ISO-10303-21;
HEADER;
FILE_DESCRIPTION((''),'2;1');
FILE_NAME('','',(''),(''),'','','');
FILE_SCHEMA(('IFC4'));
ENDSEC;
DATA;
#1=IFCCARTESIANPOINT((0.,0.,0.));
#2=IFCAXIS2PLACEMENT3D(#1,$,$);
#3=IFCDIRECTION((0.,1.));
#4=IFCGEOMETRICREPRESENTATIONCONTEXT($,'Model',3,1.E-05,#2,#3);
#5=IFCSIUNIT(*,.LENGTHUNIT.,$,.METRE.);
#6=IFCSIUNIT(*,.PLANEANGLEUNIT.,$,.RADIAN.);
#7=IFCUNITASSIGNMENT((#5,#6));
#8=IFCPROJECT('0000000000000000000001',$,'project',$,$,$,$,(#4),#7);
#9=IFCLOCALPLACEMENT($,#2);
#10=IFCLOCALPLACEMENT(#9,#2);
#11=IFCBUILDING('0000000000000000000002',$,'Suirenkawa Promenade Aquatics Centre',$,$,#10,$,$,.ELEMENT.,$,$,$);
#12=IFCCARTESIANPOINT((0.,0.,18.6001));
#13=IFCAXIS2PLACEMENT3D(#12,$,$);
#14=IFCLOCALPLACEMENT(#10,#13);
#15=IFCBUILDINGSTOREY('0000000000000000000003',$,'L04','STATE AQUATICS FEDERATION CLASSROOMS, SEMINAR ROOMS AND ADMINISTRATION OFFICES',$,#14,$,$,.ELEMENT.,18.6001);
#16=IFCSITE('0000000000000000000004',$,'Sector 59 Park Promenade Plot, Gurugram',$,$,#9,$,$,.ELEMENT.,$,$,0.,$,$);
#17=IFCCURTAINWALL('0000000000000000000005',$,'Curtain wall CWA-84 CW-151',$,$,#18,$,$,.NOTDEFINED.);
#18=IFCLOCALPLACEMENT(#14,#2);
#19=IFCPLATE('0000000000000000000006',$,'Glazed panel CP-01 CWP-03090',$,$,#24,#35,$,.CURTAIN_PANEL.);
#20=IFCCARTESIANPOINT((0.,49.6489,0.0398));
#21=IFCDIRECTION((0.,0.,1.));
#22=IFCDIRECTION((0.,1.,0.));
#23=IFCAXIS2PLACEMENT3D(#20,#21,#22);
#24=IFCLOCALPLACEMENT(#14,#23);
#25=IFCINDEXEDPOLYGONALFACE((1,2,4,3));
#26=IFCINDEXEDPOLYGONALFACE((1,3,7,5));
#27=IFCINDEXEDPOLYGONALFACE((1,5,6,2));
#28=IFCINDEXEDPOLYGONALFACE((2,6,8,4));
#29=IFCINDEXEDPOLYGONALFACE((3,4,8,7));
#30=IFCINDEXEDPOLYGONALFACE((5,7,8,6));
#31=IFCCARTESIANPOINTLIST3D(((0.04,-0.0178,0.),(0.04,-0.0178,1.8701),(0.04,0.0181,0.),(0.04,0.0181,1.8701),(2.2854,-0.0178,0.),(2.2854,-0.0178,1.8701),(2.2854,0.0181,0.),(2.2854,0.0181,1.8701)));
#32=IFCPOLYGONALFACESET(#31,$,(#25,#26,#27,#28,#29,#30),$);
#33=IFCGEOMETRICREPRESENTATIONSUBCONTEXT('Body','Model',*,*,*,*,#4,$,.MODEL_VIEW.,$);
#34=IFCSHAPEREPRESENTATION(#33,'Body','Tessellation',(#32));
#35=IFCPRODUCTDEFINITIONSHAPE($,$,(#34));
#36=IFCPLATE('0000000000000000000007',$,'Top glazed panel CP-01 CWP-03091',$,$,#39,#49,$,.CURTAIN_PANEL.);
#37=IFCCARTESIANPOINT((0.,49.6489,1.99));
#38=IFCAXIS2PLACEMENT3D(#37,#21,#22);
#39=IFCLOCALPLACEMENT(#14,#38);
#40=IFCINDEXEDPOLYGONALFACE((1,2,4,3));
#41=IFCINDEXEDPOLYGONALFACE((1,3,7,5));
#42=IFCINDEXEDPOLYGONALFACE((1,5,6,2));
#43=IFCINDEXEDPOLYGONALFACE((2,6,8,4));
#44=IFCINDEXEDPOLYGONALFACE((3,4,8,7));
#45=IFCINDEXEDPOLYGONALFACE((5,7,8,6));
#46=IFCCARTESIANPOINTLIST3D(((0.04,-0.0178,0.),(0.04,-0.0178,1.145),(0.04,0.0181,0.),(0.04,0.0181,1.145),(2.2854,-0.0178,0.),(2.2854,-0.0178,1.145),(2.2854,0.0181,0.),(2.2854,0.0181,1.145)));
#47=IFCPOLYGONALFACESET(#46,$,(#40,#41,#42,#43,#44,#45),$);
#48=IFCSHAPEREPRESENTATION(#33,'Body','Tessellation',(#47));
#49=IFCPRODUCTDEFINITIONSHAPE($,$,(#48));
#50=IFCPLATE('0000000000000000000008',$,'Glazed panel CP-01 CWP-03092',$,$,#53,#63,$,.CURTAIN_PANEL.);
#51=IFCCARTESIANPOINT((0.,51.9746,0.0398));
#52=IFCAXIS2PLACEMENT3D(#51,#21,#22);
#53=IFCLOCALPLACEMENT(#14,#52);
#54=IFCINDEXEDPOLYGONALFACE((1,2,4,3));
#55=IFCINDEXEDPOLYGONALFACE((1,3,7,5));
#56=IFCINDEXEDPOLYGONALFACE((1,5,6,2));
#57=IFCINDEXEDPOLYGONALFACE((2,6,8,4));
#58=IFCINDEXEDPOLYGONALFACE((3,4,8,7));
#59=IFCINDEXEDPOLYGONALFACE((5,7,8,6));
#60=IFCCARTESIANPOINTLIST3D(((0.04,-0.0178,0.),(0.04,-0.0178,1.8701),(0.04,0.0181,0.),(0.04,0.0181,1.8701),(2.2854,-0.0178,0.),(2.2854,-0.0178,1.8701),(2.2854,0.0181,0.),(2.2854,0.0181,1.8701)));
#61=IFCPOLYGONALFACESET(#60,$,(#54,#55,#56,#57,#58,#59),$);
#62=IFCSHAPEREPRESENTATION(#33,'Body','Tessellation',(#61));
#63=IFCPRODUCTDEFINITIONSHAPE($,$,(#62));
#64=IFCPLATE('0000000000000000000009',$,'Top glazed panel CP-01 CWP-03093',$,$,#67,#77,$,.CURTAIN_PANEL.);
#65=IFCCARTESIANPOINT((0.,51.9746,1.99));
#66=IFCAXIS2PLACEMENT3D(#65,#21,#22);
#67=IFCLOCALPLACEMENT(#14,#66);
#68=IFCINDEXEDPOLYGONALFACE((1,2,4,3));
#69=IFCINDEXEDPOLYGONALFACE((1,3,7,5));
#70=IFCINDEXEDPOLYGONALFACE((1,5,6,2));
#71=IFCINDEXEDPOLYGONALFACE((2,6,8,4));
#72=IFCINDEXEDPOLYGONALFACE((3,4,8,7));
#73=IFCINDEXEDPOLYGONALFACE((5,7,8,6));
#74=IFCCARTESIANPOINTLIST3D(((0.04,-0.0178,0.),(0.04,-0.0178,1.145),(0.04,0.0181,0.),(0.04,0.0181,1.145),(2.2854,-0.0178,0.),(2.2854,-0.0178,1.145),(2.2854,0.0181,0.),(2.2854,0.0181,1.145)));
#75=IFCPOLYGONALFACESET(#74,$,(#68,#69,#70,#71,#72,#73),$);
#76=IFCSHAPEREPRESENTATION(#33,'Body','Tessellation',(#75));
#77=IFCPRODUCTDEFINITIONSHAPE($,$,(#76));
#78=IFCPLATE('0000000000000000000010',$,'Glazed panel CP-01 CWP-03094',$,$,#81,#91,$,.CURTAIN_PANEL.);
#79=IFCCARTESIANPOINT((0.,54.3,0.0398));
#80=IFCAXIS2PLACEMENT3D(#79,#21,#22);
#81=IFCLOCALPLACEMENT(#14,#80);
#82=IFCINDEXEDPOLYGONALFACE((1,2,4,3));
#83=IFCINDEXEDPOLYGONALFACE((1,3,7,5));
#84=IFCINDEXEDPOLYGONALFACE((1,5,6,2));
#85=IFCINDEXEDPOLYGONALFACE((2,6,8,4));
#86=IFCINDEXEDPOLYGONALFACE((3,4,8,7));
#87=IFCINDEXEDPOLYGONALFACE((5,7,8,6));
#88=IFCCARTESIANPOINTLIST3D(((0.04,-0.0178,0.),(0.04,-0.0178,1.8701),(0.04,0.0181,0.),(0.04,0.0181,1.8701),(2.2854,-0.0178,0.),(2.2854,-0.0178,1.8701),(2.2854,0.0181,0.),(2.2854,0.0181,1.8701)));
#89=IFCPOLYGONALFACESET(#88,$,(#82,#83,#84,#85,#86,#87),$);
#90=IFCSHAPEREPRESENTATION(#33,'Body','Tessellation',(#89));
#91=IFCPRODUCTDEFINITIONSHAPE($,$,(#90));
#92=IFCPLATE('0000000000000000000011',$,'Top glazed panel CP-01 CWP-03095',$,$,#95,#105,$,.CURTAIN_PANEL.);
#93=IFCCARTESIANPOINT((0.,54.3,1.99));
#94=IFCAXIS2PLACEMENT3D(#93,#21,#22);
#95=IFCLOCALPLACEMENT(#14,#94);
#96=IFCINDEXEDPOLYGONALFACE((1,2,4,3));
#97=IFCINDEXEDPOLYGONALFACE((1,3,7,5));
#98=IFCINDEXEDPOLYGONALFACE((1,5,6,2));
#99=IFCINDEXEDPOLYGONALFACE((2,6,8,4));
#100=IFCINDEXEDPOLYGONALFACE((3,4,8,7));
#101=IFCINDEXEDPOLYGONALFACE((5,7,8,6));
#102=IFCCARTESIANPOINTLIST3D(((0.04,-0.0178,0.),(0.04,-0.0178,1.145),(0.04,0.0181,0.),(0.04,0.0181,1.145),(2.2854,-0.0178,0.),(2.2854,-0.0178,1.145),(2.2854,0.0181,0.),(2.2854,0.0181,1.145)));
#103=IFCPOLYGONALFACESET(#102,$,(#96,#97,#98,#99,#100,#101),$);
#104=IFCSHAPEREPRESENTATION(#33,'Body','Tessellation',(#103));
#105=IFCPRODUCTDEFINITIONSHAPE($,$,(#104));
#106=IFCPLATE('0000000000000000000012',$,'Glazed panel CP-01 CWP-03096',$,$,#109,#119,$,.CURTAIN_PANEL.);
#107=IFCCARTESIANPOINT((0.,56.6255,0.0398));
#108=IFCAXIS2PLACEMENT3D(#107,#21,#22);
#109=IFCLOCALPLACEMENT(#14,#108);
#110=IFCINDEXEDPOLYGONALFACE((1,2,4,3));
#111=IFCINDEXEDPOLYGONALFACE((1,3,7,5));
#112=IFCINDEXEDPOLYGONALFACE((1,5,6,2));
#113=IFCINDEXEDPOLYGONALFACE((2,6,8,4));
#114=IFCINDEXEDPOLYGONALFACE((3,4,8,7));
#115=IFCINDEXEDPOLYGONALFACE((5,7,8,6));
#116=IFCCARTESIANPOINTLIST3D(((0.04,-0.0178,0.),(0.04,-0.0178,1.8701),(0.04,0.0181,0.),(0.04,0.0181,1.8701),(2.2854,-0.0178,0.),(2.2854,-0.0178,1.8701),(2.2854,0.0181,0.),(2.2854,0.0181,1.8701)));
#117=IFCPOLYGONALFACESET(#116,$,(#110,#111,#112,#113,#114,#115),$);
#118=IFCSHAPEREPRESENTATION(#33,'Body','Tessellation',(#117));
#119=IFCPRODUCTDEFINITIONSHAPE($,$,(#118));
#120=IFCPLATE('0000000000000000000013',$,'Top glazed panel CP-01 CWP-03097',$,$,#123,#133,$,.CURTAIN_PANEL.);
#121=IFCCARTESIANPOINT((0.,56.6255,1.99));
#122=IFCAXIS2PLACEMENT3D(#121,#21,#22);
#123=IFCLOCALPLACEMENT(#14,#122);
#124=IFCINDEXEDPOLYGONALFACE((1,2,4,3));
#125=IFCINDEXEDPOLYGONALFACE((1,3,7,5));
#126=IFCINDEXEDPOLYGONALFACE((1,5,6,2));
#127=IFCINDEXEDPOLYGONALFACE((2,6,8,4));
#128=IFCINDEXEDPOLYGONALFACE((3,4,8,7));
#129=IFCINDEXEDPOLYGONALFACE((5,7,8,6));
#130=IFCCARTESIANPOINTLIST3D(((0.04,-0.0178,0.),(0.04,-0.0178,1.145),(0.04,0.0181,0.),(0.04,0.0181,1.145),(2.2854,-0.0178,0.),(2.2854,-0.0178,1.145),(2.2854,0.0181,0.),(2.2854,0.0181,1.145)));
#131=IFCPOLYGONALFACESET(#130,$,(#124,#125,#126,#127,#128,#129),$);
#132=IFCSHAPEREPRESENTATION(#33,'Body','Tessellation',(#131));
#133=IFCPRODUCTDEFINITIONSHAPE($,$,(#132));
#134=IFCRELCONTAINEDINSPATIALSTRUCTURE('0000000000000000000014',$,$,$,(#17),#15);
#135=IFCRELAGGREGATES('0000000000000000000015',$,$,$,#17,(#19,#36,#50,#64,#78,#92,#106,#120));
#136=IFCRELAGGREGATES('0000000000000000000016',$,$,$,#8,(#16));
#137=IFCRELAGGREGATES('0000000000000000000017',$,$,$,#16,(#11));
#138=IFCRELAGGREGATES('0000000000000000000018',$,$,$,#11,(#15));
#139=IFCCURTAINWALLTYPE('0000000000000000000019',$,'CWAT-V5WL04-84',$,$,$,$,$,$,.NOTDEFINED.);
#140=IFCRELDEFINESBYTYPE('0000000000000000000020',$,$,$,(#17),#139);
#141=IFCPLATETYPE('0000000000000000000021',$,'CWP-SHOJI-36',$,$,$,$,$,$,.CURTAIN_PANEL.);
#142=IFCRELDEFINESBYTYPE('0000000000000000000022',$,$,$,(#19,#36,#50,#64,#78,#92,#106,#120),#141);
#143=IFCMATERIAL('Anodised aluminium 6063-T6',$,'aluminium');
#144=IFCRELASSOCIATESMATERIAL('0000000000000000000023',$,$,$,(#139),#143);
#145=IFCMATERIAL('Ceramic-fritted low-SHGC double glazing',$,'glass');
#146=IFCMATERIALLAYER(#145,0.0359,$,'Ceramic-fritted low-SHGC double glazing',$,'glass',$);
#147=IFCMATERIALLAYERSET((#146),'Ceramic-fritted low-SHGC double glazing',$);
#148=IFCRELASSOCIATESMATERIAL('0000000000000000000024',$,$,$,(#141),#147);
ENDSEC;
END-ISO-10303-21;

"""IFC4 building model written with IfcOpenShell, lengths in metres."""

from ifc_helpers import new_model, si_unit, direction, frame, origin, place, context, subcontext, project, spatial, polyline, outline, extrude, material, layer, layer_set, type_object, element, aggregate, save


model = new_model("IFC4")

# Units and contexts
model_context = context("Model", 3, precision=1e-05, world=origin(), true_north=direction((0.0, 1.0)))
body_context = subcontext(model_context, "Body", "Model", "MODEL_VIEW")
ifc_project = project(units=[si_unit("LENGTHUNIT", "METRE"), si_unit("PLANEANGLEUNIT", "RADIAN")], contexts=[model_context])

# Site, building, storey
site_placement = place(None, origin())
site = spatial("IfcSite", under=ifc_project, at=site_placement, Name="Sector 59 Park Promenade Plot, Gurugram", CompositionType="ELEMENT", RefElevation=0.0)
building_placement = place(site_placement, origin())
building = spatial("IfcBuilding", under=site, at=building_placement, Name="Suirenkawa Promenade Aquatics Centre", CompositionType="ELEMENT")
storey_placement = place(building_placement, frame((0.0, 0.0, 18.6001)))
storey = spatial("IfcBuildingStorey", under=building, at=storey_placement, Name="L04", Description="STATE AQUATICS FEDERATION CLASSROOMS, SEMINAR ROOMS AND ADMINISTRATION OFFICES", CompositionType="ELEMENT", Elevation=18.6001)

# Curtain wall
ifc_material_1 = material(Name="Anodised aluminium 6063-T6", Category="aluminium")
curtain_wall_type_1 = type_object("IfcCurtainWallType", Name="CWAT-V5WL04-84", PredefinedType="NOTDEFINED", material=ifc_material_1)
curtain_wall_1_placement = place(storey_placement, origin())
curtain_wall_1 = element("IfcCurtainWall", 1, at=curtain_wall_1_placement, inside=storey, type_object=curtain_wall_type_1, Name="Curtain wall CWA-84 CW-151", PredefinedType="NOTDEFINED")

# Plates
ifc_material_2 = material(Name="Ceramic-fritted low-SHGC double glazing", Category="glass")
ifc_layer = layer(ifc_material_2, 0.0359, Name="Ceramic-fritted low-SHGC double glazing", Category="glass")
ifc_layer_set = layer_set([ifc_layer], Name="Ceramic-fritted low-SHGC double glazing")
plate_type = type_object("IfcPlateType", Name="CWP-SHOJI-36", PredefinedType="CURTAIN_PANEL", material=ifc_layer_set)
plate_1_placement = place(storey_placement, frame((0.0, 49.6489, 0.0398), z_axis=(0.0, 0.0, 1.0), x_axis=(0.0, 1.0, 0.0)))
plate_1 = element("IfcPlate", 2, at=plate_1_placement, type_object=plate_type, Name="Glazed panel CP-01 CWP-03090", PredefinedType="CURTAIN_PANEL", context=body_context, shape_type="SweptSolid", body=[
    extrude(outline(polyline([(0.04, 0.0), (2.2854, 0.0), (2.2854, 1.8701), (0.04, 1.8701), (0.04, 0.0)])), frame((0.0, 0.0181, 0.0), z_axis=(0.0, -1.0, 0.0), x_axis=(1.0, 0.0, 0.0)), (0.0, 0.0, 1.0), 0.0359),
])
plate_2_placement = place(storey_placement, frame((0.0, 49.6489, 1.99), z_axis=(0.0, 0.0, 1.0), x_axis=(0.0, 1.0, 0.0)))
plate_2 = element("IfcPlate", 3, at=plate_2_placement, type_object=plate_type, Name="Top glazed panel CP-01 CWP-03091", PredefinedType="CURTAIN_PANEL", context=body_context, shape_type="SweptSolid", body=[
    extrude(outline(polyline([(0.04, 0.0), (2.2854, 0.0), (2.2854, 1.145), (0.04, 1.145), (0.04, 0.0)])), frame((0.0, 0.0181, 0.0), z_axis=(0.0, -1.0, 0.0), x_axis=(1.0, 0.0, 0.0)), (0.0, 0.0, 1.0), 0.0359),
])
plate_3_placement = place(storey_placement, frame((0.0, 51.9746, 0.0398), z_axis=(0.0, 0.0, 1.0), x_axis=(0.0, 1.0, 0.0)))
plate_3 = element("IfcPlate", 4, at=plate_3_placement, type_object=plate_type, Name="Glazed panel CP-01 CWP-03092", PredefinedType="CURTAIN_PANEL", context=body_context, shape_type="SweptSolid", body=[
    extrude(outline(polyline([(0.04, 0.0), (2.2854, 0.0), (2.2854, 1.8701), (0.04, 1.8701), (0.04, 0.0)])), frame((0.0, 0.0181, 0.0), z_axis=(0.0, -1.0, 0.0), x_axis=(1.0, 0.0, 0.0)), (0.0, 0.0, 1.0), 0.0359),
])
plate_4_placement = place(storey_placement, frame((0.0, 51.9746, 1.99), z_axis=(0.0, 0.0, 1.0), x_axis=(0.0, 1.0, 0.0)))
plate_4 = element("IfcPlate", 5, at=plate_4_placement, type_object=plate_type, Name="Top glazed panel CP-01 CWP-03093", PredefinedType="CURTAIN_PANEL", context=body_context, shape_type="SweptSolid", body=[
    extrude(outline(polyline([(0.04, 0.0), (2.2854, 0.0), (2.2854, 1.145), (0.04, 1.145), (0.04, 0.0)])), frame((0.0, 0.0181, 0.0), z_axis=(0.0, -1.0, 0.0), x_axis=(1.0, 0.0, 0.0)), (0.0, 0.0, 1.0), 0.0359),
])
plate_5_placement = place(storey_placement, frame((0.0, 54.3, 0.0398), z_axis=(0.0, 0.0, 1.0), x_axis=(0.0, 1.0, 0.0)))
plate_5 = element("IfcPlate", 6, at=plate_5_placement, type_object=plate_type, Name="Glazed panel CP-01 CWP-03094", PredefinedType="CURTAIN_PANEL", context=body_context, shape_type="SweptSolid", body=[
    extrude(outline(polyline([(0.04, 0.0), (2.2854, 0.0), (2.2854, 1.8701), (0.04, 1.8701), (0.04, 0.0)])), frame((0.0, 0.0181, 0.0), z_axis=(0.0, -1.0, 0.0), x_axis=(1.0, 0.0, 0.0)), (0.0, 0.0, 1.0), 0.0359),
])
plate_6_placement = place(storey_placement, frame((0.0, 54.3, 1.99), z_axis=(0.0, 0.0, 1.0), x_axis=(0.0, 1.0, 0.0)))
plate_6 = element("IfcPlate", 7, at=plate_6_placement, type_object=plate_type, Name="Top glazed panel CP-01 CWP-03095", PredefinedType="CURTAIN_PANEL", context=body_context, shape_type="SweptSolid", body=[
    extrude(outline(polyline([(0.04, 0.0), (2.2854, 0.0), (2.2854, 1.145), (0.04, 1.145), (0.04, 0.0)])), frame((0.0, 0.0181, 0.0), z_axis=(0.0, -1.0, 0.0), x_axis=(1.0, 0.0, 0.0)), (0.0, 0.0, 1.0), 0.0359),
])
plate_7_placement = place(storey_placement, frame((0.0, 56.6255, 0.0398), z_axis=(0.0, 0.0, 1.0), x_axis=(0.0, 1.0, 0.0)))
plate_7 = element("IfcPlate", 8, at=plate_7_placement, type_object=plate_type, Name="Glazed panel CP-01 CWP-03096", PredefinedType="CURTAIN_PANEL", context=body_context, shape_type="SweptSolid", body=[
    extrude(outline(polyline([(0.04, 0.0), (2.2854, 0.0), (2.2854, 1.8701), (0.04, 1.8701), (0.04, 0.0)])), frame((0.0, 0.0181, 0.0), z_axis=(0.0, -1.0, 0.0), x_axis=(1.0, 0.0, 0.0)), (0.0, 0.0, 1.0), 0.0359),
])
plate_8_placement = place(storey_placement, frame((0.0, 56.6255, 1.99), z_axis=(0.0, 0.0, 1.0), x_axis=(0.0, 1.0, 0.0)))
plate_8 = element("IfcPlate", 9, at=plate_8_placement, type_object=plate_type, Name="Top glazed panel CP-01 CWP-03097", PredefinedType="CURTAIN_PANEL", context=body_context, shape_type="SweptSolid", body=[
    extrude(outline(polyline([(0.04, 0.0), (2.2854, 0.0), (2.2854, 1.145), (0.04, 1.145), (0.04, 0.0)])), frame((0.0, 0.0181, 0.0), z_axis=(0.0, -1.0, 0.0), x_axis=(1.0, 0.0, 0.0)), (0.0, 0.0, 1.0), 0.0359),
])
aggregate(curtain_wall_1, [plate_1, plate_2, plate_3, plate_4, plate_5, plate_6, plate_7, plate_8])

save(model, "model.ifc")
